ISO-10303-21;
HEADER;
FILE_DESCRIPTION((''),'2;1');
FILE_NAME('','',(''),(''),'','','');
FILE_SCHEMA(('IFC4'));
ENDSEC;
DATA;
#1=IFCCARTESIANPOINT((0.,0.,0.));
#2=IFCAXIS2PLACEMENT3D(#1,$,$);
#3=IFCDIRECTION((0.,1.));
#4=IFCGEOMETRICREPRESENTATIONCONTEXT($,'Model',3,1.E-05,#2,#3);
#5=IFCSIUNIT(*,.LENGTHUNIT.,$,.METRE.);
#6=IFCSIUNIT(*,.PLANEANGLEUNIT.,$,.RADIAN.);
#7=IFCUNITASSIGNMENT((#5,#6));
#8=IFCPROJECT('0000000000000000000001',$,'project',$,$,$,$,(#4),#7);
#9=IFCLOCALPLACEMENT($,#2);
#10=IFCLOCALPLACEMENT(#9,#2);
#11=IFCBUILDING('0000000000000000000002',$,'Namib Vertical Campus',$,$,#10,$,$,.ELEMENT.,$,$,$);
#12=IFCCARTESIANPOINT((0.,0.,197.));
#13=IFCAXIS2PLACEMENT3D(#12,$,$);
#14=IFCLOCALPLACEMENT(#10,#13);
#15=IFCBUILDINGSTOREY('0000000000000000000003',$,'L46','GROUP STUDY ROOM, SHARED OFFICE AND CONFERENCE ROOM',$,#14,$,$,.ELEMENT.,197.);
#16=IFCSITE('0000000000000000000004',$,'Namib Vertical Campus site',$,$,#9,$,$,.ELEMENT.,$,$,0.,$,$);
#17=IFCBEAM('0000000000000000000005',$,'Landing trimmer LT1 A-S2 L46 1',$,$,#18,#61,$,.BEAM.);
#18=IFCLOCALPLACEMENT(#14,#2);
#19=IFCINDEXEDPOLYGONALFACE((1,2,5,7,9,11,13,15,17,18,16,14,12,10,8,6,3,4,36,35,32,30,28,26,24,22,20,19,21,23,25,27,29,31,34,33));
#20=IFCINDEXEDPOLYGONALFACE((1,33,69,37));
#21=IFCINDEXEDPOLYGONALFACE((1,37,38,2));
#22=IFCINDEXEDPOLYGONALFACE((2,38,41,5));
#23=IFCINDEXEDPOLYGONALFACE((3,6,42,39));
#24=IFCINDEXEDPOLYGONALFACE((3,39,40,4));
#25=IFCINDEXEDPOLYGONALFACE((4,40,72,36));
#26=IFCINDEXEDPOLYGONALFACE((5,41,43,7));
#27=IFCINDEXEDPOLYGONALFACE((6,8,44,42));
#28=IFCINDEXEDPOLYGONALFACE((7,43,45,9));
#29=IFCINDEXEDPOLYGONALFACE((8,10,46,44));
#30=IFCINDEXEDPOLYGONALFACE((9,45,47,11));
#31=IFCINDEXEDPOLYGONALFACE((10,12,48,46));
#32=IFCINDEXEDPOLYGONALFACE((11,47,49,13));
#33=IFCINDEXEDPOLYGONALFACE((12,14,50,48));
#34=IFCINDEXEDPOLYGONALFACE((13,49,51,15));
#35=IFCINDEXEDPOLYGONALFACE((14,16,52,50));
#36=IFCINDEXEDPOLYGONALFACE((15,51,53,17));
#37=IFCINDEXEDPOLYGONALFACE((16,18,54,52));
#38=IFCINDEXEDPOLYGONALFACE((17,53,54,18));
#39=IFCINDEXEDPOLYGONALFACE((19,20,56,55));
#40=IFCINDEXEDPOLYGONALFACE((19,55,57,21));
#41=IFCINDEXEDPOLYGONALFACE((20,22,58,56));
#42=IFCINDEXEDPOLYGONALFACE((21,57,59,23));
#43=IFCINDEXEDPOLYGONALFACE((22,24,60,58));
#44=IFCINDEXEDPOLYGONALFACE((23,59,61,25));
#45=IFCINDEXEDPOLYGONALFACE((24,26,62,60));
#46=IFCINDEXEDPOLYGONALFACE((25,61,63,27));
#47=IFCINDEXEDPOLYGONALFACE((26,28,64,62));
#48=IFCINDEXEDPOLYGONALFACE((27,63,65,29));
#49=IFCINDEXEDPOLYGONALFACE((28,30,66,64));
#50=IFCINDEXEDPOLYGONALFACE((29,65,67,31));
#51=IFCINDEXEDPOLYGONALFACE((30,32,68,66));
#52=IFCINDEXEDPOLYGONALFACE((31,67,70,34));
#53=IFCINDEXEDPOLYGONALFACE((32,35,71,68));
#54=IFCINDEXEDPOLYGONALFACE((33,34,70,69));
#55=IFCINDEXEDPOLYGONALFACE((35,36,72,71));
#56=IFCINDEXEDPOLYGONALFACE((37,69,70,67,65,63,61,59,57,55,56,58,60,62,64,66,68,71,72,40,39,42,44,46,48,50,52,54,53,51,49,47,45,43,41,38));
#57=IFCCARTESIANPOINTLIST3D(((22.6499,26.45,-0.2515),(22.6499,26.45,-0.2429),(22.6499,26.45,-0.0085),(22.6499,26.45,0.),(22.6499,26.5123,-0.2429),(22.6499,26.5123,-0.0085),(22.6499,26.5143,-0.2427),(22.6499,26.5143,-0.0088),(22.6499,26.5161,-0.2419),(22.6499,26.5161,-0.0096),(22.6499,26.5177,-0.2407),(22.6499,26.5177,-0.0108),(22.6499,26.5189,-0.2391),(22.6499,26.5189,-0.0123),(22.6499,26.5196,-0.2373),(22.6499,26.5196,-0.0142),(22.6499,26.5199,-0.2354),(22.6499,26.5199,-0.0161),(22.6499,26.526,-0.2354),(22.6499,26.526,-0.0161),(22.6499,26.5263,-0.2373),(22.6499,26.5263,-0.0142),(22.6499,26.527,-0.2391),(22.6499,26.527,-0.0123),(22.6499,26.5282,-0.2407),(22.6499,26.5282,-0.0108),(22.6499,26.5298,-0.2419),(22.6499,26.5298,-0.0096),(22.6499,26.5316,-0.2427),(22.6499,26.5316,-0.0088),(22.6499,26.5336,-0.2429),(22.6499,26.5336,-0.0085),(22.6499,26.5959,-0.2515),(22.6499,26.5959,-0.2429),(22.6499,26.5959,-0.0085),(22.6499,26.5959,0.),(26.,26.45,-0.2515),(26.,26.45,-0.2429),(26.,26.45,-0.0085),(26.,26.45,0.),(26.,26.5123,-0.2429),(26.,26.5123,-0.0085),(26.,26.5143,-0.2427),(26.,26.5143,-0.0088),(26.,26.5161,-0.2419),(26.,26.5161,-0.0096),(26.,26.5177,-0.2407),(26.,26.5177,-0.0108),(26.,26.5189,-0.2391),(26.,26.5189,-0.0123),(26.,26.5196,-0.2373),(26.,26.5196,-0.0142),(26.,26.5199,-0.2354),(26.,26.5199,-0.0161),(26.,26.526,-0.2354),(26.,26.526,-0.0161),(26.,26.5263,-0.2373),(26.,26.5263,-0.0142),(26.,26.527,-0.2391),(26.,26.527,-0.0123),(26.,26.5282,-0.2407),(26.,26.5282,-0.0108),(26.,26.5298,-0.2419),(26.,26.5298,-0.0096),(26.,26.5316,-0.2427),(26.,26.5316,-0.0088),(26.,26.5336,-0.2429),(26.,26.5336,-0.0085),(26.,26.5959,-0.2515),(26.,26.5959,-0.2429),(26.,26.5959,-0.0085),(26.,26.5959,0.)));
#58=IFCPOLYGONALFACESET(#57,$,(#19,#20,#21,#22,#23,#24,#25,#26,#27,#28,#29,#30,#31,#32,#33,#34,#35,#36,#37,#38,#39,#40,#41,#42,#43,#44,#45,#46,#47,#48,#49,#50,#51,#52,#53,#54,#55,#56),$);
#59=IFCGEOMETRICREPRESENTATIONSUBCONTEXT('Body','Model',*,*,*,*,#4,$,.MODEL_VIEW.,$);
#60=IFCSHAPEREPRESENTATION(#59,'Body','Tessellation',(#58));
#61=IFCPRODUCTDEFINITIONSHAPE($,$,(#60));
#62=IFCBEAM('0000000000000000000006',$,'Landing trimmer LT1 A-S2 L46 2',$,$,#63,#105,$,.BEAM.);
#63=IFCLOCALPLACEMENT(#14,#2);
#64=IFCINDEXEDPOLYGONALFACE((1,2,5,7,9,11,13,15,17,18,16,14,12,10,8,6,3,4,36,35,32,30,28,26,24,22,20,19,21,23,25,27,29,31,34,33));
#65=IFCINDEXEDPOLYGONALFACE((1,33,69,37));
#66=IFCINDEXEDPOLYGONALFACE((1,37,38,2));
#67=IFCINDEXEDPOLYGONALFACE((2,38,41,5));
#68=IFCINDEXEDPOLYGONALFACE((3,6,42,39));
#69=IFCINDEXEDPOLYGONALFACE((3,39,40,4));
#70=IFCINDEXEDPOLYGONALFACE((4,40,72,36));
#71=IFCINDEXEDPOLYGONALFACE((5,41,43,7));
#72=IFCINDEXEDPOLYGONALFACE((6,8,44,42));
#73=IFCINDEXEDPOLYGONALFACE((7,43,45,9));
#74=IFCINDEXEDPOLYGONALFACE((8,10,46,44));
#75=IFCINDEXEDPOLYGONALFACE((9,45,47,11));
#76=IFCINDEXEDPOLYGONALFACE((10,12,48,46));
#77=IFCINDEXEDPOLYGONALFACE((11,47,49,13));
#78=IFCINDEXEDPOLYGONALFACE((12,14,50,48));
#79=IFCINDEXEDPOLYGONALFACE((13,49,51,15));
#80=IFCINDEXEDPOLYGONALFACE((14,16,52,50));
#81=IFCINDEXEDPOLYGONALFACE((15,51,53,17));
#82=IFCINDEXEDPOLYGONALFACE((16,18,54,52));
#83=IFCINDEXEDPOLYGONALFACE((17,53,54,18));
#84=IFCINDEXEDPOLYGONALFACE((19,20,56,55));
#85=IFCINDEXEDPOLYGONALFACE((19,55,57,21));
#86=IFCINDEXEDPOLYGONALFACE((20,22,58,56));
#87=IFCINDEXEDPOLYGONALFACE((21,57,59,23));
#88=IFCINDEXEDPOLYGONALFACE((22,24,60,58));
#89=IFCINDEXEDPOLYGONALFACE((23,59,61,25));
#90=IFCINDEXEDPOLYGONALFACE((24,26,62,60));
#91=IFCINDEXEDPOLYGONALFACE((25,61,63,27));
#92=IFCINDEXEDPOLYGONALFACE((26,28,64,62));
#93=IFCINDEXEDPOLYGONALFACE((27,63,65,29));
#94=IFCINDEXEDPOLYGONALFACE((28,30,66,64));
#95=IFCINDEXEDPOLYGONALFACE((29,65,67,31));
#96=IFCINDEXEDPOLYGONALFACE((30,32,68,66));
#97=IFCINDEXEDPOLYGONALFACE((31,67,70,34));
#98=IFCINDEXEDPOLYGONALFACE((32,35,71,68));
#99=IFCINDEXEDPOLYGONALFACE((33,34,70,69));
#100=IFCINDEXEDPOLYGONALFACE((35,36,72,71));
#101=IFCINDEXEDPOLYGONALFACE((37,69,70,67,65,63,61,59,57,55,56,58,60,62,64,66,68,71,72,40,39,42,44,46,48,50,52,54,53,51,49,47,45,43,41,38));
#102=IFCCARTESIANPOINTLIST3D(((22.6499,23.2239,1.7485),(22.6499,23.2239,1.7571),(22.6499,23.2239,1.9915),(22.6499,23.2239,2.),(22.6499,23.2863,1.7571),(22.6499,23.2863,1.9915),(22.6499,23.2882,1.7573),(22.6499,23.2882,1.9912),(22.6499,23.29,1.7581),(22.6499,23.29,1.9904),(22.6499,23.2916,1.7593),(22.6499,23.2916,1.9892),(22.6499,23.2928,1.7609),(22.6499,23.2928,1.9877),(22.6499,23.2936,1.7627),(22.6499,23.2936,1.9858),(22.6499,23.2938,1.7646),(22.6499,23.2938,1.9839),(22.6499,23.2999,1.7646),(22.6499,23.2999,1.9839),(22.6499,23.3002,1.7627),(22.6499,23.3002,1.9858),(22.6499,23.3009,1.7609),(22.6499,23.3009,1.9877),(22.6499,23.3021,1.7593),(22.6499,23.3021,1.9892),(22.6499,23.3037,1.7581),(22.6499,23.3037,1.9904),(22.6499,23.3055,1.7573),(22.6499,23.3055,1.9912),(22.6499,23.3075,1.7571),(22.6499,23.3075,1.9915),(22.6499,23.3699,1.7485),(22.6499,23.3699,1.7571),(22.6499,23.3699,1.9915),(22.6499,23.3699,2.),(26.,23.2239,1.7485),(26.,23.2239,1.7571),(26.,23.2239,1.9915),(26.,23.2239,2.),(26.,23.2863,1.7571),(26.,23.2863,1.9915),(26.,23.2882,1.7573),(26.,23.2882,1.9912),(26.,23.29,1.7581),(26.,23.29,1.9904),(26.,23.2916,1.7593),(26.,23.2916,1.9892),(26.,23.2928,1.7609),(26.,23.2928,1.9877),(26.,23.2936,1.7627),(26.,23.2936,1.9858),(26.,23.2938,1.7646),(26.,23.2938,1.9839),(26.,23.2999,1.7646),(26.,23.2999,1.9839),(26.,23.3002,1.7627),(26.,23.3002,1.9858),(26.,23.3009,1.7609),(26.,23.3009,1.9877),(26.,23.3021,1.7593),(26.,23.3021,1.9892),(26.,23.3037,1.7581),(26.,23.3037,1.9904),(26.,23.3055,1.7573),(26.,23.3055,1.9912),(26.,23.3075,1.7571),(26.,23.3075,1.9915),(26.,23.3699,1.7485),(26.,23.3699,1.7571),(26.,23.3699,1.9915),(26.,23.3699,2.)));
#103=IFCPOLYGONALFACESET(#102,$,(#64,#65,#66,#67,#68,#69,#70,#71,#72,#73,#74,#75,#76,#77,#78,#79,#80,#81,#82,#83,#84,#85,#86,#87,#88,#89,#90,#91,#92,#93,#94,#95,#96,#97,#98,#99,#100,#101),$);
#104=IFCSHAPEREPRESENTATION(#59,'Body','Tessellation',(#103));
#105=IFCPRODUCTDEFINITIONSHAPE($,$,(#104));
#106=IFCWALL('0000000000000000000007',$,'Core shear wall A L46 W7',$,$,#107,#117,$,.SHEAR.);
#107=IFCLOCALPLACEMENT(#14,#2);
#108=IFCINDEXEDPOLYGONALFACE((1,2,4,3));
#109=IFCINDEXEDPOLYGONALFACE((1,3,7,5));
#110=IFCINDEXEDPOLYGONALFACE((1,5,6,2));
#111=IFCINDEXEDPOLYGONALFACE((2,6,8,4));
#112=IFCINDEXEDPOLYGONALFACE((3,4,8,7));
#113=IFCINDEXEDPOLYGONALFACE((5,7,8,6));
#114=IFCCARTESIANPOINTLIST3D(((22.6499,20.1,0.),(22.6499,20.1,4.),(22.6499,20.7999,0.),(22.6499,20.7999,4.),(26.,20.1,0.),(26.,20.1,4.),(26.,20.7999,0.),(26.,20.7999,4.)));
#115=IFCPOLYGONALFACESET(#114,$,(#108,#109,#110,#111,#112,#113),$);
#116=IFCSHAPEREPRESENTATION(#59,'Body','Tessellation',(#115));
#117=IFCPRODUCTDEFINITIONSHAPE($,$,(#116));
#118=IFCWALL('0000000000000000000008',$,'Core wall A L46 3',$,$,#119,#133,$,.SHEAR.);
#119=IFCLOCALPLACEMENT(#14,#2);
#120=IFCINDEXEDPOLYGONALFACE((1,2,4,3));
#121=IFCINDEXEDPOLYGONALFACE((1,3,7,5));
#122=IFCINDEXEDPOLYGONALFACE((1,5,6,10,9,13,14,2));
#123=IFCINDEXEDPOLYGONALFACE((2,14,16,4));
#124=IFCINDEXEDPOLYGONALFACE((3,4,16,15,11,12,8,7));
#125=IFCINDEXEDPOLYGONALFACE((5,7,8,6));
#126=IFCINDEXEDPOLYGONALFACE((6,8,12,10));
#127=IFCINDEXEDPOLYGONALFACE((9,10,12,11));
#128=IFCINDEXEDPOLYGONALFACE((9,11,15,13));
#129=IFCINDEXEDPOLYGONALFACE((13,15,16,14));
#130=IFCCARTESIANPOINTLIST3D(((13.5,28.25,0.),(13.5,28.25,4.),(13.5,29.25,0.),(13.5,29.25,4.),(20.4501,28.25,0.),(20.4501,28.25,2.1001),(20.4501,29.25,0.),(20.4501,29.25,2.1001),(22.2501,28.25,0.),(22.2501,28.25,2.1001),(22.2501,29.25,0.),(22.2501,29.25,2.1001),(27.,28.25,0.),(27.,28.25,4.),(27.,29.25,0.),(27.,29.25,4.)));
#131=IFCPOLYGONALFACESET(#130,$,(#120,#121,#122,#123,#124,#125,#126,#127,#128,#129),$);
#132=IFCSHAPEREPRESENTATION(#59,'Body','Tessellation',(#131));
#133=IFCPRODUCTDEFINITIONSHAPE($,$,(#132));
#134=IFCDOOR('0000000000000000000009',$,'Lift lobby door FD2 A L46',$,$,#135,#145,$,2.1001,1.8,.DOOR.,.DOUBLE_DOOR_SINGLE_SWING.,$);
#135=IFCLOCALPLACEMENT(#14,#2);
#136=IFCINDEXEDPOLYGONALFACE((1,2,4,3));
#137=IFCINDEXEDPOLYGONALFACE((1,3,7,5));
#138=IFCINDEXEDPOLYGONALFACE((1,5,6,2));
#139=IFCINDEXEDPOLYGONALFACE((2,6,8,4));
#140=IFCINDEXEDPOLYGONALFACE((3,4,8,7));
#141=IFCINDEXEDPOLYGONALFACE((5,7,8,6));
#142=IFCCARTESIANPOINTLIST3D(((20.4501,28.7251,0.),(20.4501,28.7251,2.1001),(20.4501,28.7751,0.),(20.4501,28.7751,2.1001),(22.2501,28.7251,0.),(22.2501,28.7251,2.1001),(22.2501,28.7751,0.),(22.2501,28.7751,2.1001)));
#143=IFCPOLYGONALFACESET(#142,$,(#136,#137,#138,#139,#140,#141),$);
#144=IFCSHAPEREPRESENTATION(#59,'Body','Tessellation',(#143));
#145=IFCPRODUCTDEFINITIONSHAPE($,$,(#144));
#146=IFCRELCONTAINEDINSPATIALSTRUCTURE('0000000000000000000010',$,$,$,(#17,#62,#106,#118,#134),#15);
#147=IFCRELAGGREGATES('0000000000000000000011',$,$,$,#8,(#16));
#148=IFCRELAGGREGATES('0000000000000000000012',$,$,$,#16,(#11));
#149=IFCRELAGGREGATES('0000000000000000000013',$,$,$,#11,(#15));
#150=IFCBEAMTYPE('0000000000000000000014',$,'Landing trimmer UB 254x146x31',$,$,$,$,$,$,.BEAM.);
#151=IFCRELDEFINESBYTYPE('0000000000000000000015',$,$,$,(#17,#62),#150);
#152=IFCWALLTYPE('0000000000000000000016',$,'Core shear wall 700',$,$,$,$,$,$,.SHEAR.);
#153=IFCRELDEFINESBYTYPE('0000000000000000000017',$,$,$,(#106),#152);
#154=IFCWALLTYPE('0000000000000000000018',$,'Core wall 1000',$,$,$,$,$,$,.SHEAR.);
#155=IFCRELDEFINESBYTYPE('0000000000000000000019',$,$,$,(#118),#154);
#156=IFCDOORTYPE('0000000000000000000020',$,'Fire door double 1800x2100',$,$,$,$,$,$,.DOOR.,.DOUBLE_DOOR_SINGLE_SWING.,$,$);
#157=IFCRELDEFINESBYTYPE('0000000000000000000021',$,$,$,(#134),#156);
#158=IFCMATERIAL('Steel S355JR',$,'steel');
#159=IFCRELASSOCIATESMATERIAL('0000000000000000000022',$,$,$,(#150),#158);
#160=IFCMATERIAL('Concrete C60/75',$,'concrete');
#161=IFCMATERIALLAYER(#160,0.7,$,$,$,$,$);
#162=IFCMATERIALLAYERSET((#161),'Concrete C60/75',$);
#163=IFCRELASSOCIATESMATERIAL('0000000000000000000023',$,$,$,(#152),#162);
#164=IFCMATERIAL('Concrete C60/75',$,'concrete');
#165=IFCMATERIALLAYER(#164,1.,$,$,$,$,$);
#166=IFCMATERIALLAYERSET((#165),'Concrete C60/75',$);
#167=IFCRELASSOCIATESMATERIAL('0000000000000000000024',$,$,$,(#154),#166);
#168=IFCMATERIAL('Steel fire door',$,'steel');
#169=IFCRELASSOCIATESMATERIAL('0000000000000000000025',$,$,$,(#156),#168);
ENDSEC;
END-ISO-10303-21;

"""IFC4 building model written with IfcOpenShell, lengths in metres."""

from ifc_helpers import new_model, si_unit, direction, frame, frame_2d, origin, origin_2d, place, context, subcontext, project, spatial, rectangle, i_section, extrude, material, layer, layer_set, material_profile, profile_set, type_object, element, fill, save


model = new_model("IFC4")

# Units and contexts
model_context = context("Model", 3, precision=1e-05, world=origin(), true_north=direction((0.0, 1.0)))
body_context = subcontext(model_context, "Body", "Model", "MODEL_VIEW")
ifc_project = project(units=[si_unit("LENGTHUNIT", "METRE"), si_unit("PLANEANGLEUNIT", "RADIAN")], contexts=[model_context])

# Site, building, storey
site_placement = place(None, origin())
site = spatial("IfcSite", under=ifc_project, at=site_placement, Name="Namib Vertical Campus site", CompositionType="ELEMENT", RefElevation=0.0)
building_placement = place(site_placement, origin())
building = spatial("IfcBuilding", under=site, at=building_placement, Name="Namib Vertical Campus", CompositionType="ELEMENT")
storey_placement = place(building_placement, frame((0.0, 0.0, 197.0)))
storey = spatial("IfcBuildingStorey", under=building, at=storey_placement, Name="L46", Description="GROUP STUDY ROOM, SHARED OFFICE AND CONFERENCE ROOM", CompositionType="ELEMENT", Elevation=197.0)

# Beams
ifc_material_1 = material(Name="Steel S355JR", Category="steel")
ifc_material_profile = material_profile(ifc_material_1, i_section(OverallWidth=0.146, OverallDepth=0.2515, WebThickness=0.0061, FlangeThickness=0.0085, FilletRadius=0.0076, at=origin_2d()))
ifc_profile_set = profile_set([ifc_material_profile], Name="Steel S355JR")
beam_type = type_object("IfcBeamType", Name="Landing trimmer UB 254x146x31", PredefinedType="BEAM", material=ifc_profile_set)
for number, where, z_axis, x_axis, name in (
    (1, (22.6499, 26.5229, -0.1257), (1.0, 0.0, 0.0), (0.0, 1.0, 0.0), "Landing trimmer LT1 A-S2 L46 1"),
    (2, (22.6499, 23.2969, 1.8743), (1.0, 0.0, 0.0), (0.0, 1.0, 0.0), "Landing trimmer LT1 A-S2 L46 2"),
):
    element("IfcBeam", number, at=place(storey_placement, frame(where, z_axis=z_axis, x_axis=x_axis)), inside=storey, type_object=beam_type, Name=name, PredefinedType="BEAM", context=body_context, shape_type="SweptSolid", body=[
        extrude(i_section(OverallWidth=0.146, OverallDepth=0.2515, WebThickness=0.0061, FlangeThickness=0.0085, FilletRadius=0.0076, at=origin_2d()), origin(), (0.0, 0.0, 1.0), 3.3501),
    ])

# Wall
ifc_material_2 = material(Name="Concrete C60/75", Category="concrete")
ifc_layer_1 = layer(ifc_material_2, 0.7)
ifc_layer_set_1 = layer_set([ifc_layer_1], Name="Concrete C60/75")
wall_type_1 = type_object("IfcWallType", Name="Core shear wall 700", PredefinedType="SHEAR", material=ifc_layer_set_1)
wall_1_placement = place(storey_placement, frame((22.6499, 20.45, 0.0), z_axis=(0.0, 0.0, 1.0), x_axis=(1.0, 0.0, 0.0)))
element("IfcWall", 3, at=wall_1_placement, inside=storey, type_object=wall_type_1, Name="Core shear wall A L46 W7", PredefinedType="SHEAR", context=body_context, shape_type="SweptSolid", body=[
    extrude(rectangle(XDim=3.3501, YDim=0.7, at=frame_2d((1.675, 0.0))), origin(), (0.0, 0.0, 1.0), 4.0),
])

# Wall, opening, door
ifc_material_3 = material(Name="Concrete C60/75", Category="concrete")
ifc_layer_2 = layer(ifc_material_3, 1.0)
ifc_layer_set_2 = layer_set([ifc_layer_2], Name="Concrete C60/75")
wall_type_2 = type_object("IfcWallType", Name="Core wall 1000", PredefinedType="SHEAR", material=ifc_layer_set_2)
wall_2_placement = place(storey_placement, frame((27.0, 28.75, 0.0), z_axis=(0.0, 0.0, 1.0), x_axis=(-1.0, 0.0, 0.0)))
wall_2 = element("IfcWall", 4, at=wall_2_placement, inside=storey, type_object=wall_type_2, Name="Core wall A L46 3", PredefinedType="SHEAR", context=body_context, shape_type="SweptSolid", body=[
    extrude(rectangle(XDim=13.5, YDim=1.0, at=frame_2d((6.75, 0.0))), origin(), (0.0, 0.0, 1.0), 4.0),
])
opening_1_placement = place(wall_2_placement, frame((4.75, 0.0, 0.0)))
opening_1 = element("IfcOpeningElement", 5, at=opening_1_placement, cuts=wall_2, PredefinedType="OPENING", context=body_context, shape_type="SweptSolid", body=[
    extrude(rectangle(XDim=1.8, YDim=2.1001, at=frame_2d((0.8999, 1.05))), frame((0.0, 0.51, 0.0), z_axis=(0.0, -1.0, 0.0), x_axis=(1.0, 0.0, 0.0)), (0.0, 0.0, 1.0), 1.02),
])
ifc_material_4 = material(Name="Steel fire door", Category="steel")
door_type_1 = type_object("IfcDoorType", Name="Fire door double 1800x2100", OperationType="DOUBLE_DOOR_SINGLE_SWING", PredefinedType="DOOR", material=ifc_material_4)
door_1_placement = place(opening_1_placement, origin())
door_1 = element("IfcDoor", 6, at=door_1_placement, inside=storey, type_object=door_type_1, Name="Lift lobby door FD2 A L46", OperationType="DOUBLE_DOOR_SINGLE_SWING", OverallHeight=2.1001, OverallWidth=1.8, PredefinedType="DOOR", context=body_context, shape_type="SweptSolid", body=[
    extrude(rectangle(XDim=1.8, YDim=2.1001, at=frame_2d((0.8999, 1.05))), frame((0.0, 0.0249, 0.0), z_axis=(0.0, -1.0, 0.0), x_axis=(1.0, 0.0, 0.0)), (0.0, 0.0, 1.0), 0.05),
])
fill(opening_1, door_1)

save(model, "model.ifc")
